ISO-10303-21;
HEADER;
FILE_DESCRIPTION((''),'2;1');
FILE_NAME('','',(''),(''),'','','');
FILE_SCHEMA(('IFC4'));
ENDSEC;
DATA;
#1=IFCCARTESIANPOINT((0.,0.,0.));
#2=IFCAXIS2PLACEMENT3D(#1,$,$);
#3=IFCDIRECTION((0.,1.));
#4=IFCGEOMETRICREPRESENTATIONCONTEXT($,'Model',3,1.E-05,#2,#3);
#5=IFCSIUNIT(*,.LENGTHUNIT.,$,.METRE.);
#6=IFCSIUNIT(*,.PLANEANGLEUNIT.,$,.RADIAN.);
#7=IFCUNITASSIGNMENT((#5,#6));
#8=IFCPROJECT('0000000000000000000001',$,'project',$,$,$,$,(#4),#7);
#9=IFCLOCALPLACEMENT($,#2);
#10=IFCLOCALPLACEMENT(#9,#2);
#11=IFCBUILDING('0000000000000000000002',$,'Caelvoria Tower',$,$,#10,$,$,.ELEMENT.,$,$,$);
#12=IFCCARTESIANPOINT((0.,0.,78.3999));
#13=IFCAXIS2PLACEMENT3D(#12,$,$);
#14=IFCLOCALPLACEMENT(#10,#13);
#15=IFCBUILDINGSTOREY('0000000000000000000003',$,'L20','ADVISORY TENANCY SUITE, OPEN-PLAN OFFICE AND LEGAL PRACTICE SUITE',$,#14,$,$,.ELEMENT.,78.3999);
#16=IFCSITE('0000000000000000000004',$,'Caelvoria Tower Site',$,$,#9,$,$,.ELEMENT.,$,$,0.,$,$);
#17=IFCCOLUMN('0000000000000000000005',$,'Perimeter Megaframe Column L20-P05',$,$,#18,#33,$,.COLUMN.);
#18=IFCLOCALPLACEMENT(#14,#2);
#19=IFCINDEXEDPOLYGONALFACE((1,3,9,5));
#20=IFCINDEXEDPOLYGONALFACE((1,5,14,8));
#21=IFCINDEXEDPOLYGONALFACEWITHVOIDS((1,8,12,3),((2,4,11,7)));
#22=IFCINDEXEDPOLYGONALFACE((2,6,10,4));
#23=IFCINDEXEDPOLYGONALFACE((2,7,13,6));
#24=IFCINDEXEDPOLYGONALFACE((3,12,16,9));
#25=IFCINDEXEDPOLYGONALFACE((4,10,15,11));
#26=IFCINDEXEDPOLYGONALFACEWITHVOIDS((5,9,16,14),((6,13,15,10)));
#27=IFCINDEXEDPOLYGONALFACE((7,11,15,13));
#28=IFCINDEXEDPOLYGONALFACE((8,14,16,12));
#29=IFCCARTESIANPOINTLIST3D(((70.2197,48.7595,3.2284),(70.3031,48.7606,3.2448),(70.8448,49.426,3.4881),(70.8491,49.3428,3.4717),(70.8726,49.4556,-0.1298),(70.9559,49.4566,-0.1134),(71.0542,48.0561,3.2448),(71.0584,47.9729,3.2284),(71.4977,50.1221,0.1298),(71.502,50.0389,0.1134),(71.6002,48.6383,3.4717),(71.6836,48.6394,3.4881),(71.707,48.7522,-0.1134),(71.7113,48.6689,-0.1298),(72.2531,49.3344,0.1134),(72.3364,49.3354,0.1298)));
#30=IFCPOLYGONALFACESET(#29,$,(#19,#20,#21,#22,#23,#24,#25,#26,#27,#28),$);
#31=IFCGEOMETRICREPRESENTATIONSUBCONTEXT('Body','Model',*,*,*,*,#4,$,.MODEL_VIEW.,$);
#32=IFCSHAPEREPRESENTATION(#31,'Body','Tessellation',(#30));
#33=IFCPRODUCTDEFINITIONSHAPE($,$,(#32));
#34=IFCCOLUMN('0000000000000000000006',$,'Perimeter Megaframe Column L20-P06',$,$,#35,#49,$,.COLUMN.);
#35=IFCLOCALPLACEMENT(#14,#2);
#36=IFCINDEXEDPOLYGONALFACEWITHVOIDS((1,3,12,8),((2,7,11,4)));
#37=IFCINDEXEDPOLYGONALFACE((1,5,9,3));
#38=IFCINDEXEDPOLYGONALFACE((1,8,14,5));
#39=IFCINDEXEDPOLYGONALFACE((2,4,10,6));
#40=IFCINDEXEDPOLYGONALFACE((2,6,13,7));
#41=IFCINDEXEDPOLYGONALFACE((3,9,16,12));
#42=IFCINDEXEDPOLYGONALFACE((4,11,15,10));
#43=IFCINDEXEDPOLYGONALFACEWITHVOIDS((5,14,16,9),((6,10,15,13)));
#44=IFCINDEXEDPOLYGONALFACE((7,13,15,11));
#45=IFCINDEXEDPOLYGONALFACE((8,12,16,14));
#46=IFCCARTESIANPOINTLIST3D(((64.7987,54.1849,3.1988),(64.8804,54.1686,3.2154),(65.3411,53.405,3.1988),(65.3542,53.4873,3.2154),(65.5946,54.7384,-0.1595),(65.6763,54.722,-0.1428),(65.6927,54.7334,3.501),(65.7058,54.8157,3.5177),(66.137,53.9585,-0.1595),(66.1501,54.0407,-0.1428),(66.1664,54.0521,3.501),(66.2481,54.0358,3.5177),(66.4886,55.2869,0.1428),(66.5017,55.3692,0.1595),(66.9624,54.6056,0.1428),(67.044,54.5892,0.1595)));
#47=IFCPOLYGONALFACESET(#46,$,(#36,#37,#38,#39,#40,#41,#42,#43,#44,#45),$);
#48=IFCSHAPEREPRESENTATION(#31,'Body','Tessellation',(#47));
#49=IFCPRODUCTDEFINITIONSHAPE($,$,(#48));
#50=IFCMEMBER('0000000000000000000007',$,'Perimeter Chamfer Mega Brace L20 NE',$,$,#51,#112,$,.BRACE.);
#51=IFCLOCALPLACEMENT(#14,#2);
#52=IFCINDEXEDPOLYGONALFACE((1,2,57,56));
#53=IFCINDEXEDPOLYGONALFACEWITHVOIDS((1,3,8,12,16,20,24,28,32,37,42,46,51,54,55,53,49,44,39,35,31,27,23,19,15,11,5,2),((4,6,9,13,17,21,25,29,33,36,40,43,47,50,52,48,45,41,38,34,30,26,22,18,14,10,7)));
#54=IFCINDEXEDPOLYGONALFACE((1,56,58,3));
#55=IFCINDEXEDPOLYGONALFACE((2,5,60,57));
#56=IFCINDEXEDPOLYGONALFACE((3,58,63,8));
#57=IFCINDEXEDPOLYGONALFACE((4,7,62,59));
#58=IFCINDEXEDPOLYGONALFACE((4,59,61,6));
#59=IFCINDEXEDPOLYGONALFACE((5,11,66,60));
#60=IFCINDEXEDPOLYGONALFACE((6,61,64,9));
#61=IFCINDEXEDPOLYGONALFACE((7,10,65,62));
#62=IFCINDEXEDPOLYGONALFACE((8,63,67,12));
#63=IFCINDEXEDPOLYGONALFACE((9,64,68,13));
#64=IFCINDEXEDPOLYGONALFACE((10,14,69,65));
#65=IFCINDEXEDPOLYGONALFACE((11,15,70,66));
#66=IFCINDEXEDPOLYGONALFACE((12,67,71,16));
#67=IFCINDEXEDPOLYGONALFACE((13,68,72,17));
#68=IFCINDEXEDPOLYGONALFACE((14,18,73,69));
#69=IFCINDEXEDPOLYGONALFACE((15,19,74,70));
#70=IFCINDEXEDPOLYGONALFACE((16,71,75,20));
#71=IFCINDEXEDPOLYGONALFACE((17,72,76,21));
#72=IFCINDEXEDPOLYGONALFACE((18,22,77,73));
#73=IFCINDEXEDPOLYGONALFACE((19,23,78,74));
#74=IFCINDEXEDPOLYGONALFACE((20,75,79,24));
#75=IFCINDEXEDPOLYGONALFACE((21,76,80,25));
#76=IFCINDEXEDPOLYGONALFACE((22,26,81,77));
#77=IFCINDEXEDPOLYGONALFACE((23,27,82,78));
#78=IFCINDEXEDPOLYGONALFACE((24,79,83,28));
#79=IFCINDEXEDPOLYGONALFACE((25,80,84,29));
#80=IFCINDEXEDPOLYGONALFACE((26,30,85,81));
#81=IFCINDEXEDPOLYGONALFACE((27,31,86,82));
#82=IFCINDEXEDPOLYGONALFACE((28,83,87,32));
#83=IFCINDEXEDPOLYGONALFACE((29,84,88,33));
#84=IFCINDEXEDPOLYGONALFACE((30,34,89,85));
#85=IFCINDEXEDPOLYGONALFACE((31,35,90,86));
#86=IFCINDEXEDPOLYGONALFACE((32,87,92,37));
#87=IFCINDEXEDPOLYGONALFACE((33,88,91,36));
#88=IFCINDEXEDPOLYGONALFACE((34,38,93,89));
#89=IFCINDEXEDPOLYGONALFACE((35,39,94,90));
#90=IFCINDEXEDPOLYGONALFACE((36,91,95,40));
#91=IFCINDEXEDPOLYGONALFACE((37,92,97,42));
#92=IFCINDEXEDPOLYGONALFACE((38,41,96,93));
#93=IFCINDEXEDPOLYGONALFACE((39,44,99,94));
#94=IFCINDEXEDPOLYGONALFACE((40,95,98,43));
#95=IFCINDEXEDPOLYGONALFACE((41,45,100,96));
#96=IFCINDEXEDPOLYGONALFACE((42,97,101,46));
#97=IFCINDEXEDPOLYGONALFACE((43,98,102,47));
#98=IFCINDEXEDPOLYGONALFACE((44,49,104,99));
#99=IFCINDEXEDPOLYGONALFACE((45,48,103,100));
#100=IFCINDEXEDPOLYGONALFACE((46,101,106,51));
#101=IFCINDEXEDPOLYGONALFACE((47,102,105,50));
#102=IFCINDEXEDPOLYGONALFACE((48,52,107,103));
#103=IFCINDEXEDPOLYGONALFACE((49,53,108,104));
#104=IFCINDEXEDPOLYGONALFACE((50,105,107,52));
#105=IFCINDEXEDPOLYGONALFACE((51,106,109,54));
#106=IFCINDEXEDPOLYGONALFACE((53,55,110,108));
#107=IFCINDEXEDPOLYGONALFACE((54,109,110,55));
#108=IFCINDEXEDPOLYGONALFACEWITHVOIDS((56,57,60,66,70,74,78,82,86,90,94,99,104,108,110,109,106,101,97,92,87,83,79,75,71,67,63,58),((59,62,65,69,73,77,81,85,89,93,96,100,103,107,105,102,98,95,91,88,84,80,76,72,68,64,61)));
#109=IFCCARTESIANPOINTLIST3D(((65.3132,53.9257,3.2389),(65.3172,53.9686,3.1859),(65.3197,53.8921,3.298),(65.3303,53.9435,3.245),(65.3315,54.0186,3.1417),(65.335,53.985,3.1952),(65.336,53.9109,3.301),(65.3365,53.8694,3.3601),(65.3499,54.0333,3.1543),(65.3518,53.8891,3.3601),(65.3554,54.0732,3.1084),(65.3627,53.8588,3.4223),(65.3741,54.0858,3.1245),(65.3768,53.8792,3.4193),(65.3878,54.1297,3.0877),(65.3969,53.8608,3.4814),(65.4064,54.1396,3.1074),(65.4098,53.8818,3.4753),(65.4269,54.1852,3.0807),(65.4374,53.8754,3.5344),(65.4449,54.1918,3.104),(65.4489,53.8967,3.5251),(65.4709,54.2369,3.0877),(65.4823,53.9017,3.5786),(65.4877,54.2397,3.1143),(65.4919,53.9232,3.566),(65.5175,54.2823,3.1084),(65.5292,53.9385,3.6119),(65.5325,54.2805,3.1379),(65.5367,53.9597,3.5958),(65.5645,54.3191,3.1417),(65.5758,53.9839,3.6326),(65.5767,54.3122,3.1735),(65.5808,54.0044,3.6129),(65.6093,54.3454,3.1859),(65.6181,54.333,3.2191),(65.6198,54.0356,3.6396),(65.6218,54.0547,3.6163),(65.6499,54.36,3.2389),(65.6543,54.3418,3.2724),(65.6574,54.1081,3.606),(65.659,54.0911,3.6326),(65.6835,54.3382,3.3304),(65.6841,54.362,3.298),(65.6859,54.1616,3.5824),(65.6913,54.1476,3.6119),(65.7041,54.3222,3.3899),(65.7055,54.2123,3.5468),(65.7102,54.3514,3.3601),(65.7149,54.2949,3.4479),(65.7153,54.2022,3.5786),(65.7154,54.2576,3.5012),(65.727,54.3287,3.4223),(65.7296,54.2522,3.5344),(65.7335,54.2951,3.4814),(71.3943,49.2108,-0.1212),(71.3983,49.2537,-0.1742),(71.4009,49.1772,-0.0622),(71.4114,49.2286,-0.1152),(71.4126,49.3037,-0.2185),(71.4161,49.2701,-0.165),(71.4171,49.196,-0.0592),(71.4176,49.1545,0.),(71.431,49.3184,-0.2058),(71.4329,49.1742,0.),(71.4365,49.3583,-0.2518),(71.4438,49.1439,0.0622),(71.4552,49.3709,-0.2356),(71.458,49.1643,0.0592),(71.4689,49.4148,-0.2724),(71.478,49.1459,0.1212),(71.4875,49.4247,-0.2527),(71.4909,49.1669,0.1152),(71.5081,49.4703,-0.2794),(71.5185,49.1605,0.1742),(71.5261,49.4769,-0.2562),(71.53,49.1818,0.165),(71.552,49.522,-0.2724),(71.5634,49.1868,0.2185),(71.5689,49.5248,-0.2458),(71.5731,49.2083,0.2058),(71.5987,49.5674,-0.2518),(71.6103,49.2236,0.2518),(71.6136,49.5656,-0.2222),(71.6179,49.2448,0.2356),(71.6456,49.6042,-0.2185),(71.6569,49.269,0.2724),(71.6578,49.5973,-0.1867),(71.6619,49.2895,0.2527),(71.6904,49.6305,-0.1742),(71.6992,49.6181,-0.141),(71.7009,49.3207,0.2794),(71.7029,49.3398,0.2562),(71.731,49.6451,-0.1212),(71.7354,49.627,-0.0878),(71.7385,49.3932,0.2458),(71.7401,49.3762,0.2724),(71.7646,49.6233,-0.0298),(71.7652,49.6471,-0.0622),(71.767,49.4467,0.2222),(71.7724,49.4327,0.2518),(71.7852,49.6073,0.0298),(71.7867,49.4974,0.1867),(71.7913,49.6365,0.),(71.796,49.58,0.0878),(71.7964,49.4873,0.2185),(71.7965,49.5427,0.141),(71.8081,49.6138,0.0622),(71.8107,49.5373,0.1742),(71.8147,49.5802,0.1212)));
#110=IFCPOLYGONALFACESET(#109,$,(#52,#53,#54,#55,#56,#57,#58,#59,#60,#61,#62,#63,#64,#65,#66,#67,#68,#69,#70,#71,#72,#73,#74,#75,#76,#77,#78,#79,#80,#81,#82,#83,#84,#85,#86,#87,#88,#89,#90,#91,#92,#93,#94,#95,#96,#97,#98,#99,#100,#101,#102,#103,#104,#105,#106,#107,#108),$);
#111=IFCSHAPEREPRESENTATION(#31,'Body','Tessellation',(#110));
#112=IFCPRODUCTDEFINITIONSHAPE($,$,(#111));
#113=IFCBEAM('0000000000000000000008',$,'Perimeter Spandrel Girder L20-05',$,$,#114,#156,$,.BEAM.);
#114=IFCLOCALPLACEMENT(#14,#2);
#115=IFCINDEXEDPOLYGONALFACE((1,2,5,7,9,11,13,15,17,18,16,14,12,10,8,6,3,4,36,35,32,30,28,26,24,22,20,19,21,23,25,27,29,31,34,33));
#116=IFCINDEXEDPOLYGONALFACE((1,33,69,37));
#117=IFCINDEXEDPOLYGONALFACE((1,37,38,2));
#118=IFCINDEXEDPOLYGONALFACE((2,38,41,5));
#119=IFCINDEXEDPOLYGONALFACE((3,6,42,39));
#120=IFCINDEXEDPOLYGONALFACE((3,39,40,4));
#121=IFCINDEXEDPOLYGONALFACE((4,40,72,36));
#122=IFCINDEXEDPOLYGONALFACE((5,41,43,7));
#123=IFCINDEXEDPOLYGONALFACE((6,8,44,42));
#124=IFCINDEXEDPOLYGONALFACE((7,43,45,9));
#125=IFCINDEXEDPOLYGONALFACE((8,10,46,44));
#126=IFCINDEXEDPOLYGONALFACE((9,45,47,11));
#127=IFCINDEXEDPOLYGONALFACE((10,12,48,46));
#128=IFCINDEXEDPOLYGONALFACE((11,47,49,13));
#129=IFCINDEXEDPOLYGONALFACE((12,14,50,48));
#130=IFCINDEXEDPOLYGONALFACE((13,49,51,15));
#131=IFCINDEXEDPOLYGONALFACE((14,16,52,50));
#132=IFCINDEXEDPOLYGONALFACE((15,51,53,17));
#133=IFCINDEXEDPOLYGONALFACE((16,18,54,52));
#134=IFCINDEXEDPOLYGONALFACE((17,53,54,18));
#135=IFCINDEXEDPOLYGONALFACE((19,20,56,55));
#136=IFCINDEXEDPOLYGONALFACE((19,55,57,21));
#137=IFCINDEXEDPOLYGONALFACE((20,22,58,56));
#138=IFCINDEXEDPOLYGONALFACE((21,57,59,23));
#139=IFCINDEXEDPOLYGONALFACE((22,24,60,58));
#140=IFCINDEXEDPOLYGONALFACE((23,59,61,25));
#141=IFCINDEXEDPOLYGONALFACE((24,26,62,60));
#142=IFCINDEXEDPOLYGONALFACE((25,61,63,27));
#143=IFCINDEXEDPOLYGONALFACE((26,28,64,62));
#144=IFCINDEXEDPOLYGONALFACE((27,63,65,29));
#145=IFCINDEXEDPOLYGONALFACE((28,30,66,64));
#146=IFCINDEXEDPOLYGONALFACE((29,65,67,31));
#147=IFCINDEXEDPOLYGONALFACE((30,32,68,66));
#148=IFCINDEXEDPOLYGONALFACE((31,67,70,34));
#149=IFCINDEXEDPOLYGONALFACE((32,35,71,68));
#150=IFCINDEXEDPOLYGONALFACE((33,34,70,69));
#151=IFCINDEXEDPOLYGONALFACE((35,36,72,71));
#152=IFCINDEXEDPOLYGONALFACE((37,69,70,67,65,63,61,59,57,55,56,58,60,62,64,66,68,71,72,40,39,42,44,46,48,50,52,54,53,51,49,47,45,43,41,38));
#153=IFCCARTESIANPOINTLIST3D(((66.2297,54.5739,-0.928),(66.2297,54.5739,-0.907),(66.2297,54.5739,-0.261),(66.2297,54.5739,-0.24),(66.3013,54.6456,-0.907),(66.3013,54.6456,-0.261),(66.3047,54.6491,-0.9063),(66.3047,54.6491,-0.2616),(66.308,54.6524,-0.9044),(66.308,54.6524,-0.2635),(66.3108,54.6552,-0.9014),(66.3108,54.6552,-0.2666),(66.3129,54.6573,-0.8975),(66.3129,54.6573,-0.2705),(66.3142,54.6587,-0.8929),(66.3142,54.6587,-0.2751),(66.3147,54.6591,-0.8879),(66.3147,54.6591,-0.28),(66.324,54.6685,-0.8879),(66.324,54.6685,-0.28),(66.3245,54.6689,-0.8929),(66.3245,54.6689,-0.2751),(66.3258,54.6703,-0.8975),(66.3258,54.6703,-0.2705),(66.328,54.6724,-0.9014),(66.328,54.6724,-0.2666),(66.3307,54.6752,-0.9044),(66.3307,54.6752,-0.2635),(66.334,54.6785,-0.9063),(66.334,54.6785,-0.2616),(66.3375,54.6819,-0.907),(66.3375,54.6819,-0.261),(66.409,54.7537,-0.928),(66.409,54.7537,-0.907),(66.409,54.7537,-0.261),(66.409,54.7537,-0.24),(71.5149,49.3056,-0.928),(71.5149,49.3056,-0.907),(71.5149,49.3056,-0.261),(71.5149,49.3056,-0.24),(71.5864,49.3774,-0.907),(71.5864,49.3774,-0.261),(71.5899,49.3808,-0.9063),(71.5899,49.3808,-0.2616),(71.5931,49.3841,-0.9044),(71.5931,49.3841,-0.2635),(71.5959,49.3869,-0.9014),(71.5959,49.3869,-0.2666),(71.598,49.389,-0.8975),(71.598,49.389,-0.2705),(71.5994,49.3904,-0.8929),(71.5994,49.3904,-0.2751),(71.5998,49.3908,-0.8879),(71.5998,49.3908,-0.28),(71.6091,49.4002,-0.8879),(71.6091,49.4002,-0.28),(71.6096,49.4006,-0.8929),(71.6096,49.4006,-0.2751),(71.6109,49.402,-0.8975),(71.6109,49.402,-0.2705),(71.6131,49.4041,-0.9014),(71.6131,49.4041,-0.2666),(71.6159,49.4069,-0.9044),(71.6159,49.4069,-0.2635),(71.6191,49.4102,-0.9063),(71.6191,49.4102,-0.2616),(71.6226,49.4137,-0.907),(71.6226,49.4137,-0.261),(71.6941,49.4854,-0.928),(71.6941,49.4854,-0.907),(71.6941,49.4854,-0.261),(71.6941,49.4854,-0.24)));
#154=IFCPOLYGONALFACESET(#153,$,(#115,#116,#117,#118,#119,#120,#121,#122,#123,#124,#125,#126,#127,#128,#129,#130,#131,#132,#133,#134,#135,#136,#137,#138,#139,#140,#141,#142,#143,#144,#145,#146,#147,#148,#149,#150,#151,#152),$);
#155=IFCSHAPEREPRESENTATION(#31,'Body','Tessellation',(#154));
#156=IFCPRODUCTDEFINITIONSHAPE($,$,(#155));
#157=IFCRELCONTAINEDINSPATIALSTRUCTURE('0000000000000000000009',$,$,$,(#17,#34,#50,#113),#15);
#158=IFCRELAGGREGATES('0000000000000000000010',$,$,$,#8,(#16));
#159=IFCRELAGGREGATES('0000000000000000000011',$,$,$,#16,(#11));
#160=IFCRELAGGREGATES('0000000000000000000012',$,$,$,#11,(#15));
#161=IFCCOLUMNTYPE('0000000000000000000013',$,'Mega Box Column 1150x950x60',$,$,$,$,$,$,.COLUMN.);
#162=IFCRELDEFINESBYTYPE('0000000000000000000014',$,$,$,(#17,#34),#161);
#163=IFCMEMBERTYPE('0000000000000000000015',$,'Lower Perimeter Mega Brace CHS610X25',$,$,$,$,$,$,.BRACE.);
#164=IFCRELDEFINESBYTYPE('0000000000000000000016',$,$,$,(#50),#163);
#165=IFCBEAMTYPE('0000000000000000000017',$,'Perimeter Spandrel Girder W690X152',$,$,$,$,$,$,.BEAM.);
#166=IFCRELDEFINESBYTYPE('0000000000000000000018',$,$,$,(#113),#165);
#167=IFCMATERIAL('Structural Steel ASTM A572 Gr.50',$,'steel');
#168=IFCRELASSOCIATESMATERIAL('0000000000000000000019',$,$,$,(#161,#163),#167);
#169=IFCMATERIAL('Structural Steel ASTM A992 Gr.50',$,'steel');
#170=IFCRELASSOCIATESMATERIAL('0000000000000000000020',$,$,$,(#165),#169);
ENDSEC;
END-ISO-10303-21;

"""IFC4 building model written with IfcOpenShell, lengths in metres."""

from ifc_helpers import new_model, si_unit, direction, frame, origin, origin_2d, place, context, subcontext, project, spatial, hollow_rectangle, hollow_circle, i_section, extrude, material, material_profile, profile_set, type_object, element, save


model = new_model("IFC4")

# Units and contexts
model_context = context("Model", 3, precision=1e-05, world=origin(), true_north=direction((0.0, 1.0)))
body_context = subcontext(model_context, "Body", "Model", "MODEL_VIEW")
ifc_project = project(units=[si_unit("LENGTHUNIT", "METRE"), si_unit("PLANEANGLEUNIT", "RADIAN")], contexts=[model_context])

# Site, building, storey
site_placement = place(None, origin())
site = spatial("IfcSite", under=ifc_project, at=site_placement, Name="Caelvoria Tower Site", CompositionType="ELEMENT", RefElevation=0.0)
building_placement = place(site_placement, origin())
building = spatial("IfcBuilding", under=site, at=building_placement, Name="Caelvoria Tower", CompositionType="ELEMENT")
storey_placement = place(building_placement, frame((0.0, 0.0, 78.3999)))
storey = spatial("IfcBuildingStorey", under=building, at=storey_placement, Name="L20", Description="ADVISORY TENANCY SUITE, OPEN-PLAN OFFICE AND LEGAL PRACTICE SUITE", CompositionType="ELEMENT", Elevation=78.3999)

# Columns
ifc_material_1 = material(Name="Structural Steel ASTM A572 Gr.50", Category="steel")
ifc_material_profile_1 = material_profile(ifc_material_1, hollow_rectangle(XDim=0.95, YDim=1.1499, WallThickness=0.0601, at=origin_2d()), Name="Structural Steel ASTM A572 Gr.50")
ifc_profile_set_1 = profile_set([ifc_material_profile_1], Name="BOX1150X950X60 - Structural Steel ASTM A572 Gr.50")
column_type = type_object("IfcColumnType", Name="Mega Box Column 1150x950x60", PredefinedType="COLUMN", material=ifc_profile_set_1)
column_1_placement = place(storey_placement, frame((71.6045, 49.3955, 0.0), z_axis=(-0.186998, -0.199376, 0.961915), x_axis=(0.658049, 0.701607, 0.273348)))
element("IfcColumn", 1, at=column_1_placement, inside=storey, type_object=column_type, Name="Perimeter Megaframe Column L20-P05", PredefinedType="COLUMN", context=body_context, shape_type="SweptSolid", body=[
    extrude(hollow_rectangle(XDim=0.95, YDim=1.1499, WallThickness=0.0601, at=origin_2d()), origin(), (0.0, 0.0, 1.0), 3.4912),
])
column_2_placement = place(storey_placement, frame((66.3193, 54.6638, 0.0), z_axis=(-0.227707, -0.158347, 0.960768), x_axis=(0.570924, -0.821003, 0.0)))
element("IfcColumn", 2, at=column_2_placement, inside=storey, type_object=column_type, Name="Perimeter Megaframe Column L20-P06", PredefinedType="COLUMN", context=body_context, shape_type="SweptSolid", body=[
    extrude(hollow_rectangle(XDim=0.95, YDim=1.1499, WallThickness=0.0601, at=origin_2d()), origin(), (0.0, 0.0, 1.0), 3.4954),
])

# Member
ifc_material_profile_2 = material_profile(ifc_material_1, hollow_circle(Radius=0.3049, WallThickness=0.0249, at=origin_2d()), Name="Structural Steel ASTM A572 Gr.50")
ifc_profile_set_2 = profile_set([ifc_material_profile_2], Name="CHS610X25 - Structural Steel ASTM A572 Gr.50")
member_type = type_object("IfcMemberType", Name="Lower Perimeter Mega Brace CHS610X25", PredefinedType="BRACE", material=ifc_profile_set_2)
member_placement = place(storey_placement, frame((71.6045, 49.3955, 0.0), z_axis=(-0.724247, 0.561533, 0.400185), x_axis=(-0.612736, -0.790288, 0.0)))
element("IfcMember", 3, at=member_placement, inside=storey, type_object=member_type, Name="Perimeter Chamfer Mega Brace L20 NE", PredefinedType="BRACE", context=body_context, shape_type="SweptSolid", body=[
    extrude(hollow_circle(Radius=0.3049, WallThickness=0.0249, at=origin_2d()), origin(), (0.0, 0.0, 1.0), 8.3965),
])

# Beam
ifc_material_2 = material(Name="Structural Steel ASTM A992 Gr.50", Category="steel")
ifc_material_profile_3 = material_profile(ifc_material_2, i_section(OverallWidth=0.2539, OverallDepth=0.688, WebThickness=0.0132, FlangeThickness=0.021, FilletRadius=0.019, at=origin_2d()), Name="Structural Steel ASTM A992 Gr.50")
ifc_profile_set_3 = profile_set([ifc_material_profile_3], Name="W690X152 - Structural Steel ASTM A992 Gr.50")
beam_type_1 = type_object("IfcBeamType", Name="Perimeter Spandrel Girder W690X152", PredefinedType="BEAM", material=ifc_profile_set_3)
beam_1_placement = place(storey_placement, frame((71.6045, 49.3955, -0.584), z_axis=(-0.708235, 0.705977, 0.0), x_axis=(-0.705977, -0.708235, 0.0)))
element("IfcBeam", 4, at=beam_1_placement, inside=storey, type_object=beam_type_1, Name="Perimeter Spandrel Girder L20-05", PredefinedType="BEAM", context=body_context, shape_type="SweptSolid", body=[
    extrude(i_section(OverallWidth=0.2539, OverallDepth=0.688, WebThickness=0.0132, FlangeThickness=0.021, FilletRadius=0.019, at=origin_2d()), origin(), (0.0, 0.0, 1.0), 7.4624),
])

save(model, "model.ifc")
